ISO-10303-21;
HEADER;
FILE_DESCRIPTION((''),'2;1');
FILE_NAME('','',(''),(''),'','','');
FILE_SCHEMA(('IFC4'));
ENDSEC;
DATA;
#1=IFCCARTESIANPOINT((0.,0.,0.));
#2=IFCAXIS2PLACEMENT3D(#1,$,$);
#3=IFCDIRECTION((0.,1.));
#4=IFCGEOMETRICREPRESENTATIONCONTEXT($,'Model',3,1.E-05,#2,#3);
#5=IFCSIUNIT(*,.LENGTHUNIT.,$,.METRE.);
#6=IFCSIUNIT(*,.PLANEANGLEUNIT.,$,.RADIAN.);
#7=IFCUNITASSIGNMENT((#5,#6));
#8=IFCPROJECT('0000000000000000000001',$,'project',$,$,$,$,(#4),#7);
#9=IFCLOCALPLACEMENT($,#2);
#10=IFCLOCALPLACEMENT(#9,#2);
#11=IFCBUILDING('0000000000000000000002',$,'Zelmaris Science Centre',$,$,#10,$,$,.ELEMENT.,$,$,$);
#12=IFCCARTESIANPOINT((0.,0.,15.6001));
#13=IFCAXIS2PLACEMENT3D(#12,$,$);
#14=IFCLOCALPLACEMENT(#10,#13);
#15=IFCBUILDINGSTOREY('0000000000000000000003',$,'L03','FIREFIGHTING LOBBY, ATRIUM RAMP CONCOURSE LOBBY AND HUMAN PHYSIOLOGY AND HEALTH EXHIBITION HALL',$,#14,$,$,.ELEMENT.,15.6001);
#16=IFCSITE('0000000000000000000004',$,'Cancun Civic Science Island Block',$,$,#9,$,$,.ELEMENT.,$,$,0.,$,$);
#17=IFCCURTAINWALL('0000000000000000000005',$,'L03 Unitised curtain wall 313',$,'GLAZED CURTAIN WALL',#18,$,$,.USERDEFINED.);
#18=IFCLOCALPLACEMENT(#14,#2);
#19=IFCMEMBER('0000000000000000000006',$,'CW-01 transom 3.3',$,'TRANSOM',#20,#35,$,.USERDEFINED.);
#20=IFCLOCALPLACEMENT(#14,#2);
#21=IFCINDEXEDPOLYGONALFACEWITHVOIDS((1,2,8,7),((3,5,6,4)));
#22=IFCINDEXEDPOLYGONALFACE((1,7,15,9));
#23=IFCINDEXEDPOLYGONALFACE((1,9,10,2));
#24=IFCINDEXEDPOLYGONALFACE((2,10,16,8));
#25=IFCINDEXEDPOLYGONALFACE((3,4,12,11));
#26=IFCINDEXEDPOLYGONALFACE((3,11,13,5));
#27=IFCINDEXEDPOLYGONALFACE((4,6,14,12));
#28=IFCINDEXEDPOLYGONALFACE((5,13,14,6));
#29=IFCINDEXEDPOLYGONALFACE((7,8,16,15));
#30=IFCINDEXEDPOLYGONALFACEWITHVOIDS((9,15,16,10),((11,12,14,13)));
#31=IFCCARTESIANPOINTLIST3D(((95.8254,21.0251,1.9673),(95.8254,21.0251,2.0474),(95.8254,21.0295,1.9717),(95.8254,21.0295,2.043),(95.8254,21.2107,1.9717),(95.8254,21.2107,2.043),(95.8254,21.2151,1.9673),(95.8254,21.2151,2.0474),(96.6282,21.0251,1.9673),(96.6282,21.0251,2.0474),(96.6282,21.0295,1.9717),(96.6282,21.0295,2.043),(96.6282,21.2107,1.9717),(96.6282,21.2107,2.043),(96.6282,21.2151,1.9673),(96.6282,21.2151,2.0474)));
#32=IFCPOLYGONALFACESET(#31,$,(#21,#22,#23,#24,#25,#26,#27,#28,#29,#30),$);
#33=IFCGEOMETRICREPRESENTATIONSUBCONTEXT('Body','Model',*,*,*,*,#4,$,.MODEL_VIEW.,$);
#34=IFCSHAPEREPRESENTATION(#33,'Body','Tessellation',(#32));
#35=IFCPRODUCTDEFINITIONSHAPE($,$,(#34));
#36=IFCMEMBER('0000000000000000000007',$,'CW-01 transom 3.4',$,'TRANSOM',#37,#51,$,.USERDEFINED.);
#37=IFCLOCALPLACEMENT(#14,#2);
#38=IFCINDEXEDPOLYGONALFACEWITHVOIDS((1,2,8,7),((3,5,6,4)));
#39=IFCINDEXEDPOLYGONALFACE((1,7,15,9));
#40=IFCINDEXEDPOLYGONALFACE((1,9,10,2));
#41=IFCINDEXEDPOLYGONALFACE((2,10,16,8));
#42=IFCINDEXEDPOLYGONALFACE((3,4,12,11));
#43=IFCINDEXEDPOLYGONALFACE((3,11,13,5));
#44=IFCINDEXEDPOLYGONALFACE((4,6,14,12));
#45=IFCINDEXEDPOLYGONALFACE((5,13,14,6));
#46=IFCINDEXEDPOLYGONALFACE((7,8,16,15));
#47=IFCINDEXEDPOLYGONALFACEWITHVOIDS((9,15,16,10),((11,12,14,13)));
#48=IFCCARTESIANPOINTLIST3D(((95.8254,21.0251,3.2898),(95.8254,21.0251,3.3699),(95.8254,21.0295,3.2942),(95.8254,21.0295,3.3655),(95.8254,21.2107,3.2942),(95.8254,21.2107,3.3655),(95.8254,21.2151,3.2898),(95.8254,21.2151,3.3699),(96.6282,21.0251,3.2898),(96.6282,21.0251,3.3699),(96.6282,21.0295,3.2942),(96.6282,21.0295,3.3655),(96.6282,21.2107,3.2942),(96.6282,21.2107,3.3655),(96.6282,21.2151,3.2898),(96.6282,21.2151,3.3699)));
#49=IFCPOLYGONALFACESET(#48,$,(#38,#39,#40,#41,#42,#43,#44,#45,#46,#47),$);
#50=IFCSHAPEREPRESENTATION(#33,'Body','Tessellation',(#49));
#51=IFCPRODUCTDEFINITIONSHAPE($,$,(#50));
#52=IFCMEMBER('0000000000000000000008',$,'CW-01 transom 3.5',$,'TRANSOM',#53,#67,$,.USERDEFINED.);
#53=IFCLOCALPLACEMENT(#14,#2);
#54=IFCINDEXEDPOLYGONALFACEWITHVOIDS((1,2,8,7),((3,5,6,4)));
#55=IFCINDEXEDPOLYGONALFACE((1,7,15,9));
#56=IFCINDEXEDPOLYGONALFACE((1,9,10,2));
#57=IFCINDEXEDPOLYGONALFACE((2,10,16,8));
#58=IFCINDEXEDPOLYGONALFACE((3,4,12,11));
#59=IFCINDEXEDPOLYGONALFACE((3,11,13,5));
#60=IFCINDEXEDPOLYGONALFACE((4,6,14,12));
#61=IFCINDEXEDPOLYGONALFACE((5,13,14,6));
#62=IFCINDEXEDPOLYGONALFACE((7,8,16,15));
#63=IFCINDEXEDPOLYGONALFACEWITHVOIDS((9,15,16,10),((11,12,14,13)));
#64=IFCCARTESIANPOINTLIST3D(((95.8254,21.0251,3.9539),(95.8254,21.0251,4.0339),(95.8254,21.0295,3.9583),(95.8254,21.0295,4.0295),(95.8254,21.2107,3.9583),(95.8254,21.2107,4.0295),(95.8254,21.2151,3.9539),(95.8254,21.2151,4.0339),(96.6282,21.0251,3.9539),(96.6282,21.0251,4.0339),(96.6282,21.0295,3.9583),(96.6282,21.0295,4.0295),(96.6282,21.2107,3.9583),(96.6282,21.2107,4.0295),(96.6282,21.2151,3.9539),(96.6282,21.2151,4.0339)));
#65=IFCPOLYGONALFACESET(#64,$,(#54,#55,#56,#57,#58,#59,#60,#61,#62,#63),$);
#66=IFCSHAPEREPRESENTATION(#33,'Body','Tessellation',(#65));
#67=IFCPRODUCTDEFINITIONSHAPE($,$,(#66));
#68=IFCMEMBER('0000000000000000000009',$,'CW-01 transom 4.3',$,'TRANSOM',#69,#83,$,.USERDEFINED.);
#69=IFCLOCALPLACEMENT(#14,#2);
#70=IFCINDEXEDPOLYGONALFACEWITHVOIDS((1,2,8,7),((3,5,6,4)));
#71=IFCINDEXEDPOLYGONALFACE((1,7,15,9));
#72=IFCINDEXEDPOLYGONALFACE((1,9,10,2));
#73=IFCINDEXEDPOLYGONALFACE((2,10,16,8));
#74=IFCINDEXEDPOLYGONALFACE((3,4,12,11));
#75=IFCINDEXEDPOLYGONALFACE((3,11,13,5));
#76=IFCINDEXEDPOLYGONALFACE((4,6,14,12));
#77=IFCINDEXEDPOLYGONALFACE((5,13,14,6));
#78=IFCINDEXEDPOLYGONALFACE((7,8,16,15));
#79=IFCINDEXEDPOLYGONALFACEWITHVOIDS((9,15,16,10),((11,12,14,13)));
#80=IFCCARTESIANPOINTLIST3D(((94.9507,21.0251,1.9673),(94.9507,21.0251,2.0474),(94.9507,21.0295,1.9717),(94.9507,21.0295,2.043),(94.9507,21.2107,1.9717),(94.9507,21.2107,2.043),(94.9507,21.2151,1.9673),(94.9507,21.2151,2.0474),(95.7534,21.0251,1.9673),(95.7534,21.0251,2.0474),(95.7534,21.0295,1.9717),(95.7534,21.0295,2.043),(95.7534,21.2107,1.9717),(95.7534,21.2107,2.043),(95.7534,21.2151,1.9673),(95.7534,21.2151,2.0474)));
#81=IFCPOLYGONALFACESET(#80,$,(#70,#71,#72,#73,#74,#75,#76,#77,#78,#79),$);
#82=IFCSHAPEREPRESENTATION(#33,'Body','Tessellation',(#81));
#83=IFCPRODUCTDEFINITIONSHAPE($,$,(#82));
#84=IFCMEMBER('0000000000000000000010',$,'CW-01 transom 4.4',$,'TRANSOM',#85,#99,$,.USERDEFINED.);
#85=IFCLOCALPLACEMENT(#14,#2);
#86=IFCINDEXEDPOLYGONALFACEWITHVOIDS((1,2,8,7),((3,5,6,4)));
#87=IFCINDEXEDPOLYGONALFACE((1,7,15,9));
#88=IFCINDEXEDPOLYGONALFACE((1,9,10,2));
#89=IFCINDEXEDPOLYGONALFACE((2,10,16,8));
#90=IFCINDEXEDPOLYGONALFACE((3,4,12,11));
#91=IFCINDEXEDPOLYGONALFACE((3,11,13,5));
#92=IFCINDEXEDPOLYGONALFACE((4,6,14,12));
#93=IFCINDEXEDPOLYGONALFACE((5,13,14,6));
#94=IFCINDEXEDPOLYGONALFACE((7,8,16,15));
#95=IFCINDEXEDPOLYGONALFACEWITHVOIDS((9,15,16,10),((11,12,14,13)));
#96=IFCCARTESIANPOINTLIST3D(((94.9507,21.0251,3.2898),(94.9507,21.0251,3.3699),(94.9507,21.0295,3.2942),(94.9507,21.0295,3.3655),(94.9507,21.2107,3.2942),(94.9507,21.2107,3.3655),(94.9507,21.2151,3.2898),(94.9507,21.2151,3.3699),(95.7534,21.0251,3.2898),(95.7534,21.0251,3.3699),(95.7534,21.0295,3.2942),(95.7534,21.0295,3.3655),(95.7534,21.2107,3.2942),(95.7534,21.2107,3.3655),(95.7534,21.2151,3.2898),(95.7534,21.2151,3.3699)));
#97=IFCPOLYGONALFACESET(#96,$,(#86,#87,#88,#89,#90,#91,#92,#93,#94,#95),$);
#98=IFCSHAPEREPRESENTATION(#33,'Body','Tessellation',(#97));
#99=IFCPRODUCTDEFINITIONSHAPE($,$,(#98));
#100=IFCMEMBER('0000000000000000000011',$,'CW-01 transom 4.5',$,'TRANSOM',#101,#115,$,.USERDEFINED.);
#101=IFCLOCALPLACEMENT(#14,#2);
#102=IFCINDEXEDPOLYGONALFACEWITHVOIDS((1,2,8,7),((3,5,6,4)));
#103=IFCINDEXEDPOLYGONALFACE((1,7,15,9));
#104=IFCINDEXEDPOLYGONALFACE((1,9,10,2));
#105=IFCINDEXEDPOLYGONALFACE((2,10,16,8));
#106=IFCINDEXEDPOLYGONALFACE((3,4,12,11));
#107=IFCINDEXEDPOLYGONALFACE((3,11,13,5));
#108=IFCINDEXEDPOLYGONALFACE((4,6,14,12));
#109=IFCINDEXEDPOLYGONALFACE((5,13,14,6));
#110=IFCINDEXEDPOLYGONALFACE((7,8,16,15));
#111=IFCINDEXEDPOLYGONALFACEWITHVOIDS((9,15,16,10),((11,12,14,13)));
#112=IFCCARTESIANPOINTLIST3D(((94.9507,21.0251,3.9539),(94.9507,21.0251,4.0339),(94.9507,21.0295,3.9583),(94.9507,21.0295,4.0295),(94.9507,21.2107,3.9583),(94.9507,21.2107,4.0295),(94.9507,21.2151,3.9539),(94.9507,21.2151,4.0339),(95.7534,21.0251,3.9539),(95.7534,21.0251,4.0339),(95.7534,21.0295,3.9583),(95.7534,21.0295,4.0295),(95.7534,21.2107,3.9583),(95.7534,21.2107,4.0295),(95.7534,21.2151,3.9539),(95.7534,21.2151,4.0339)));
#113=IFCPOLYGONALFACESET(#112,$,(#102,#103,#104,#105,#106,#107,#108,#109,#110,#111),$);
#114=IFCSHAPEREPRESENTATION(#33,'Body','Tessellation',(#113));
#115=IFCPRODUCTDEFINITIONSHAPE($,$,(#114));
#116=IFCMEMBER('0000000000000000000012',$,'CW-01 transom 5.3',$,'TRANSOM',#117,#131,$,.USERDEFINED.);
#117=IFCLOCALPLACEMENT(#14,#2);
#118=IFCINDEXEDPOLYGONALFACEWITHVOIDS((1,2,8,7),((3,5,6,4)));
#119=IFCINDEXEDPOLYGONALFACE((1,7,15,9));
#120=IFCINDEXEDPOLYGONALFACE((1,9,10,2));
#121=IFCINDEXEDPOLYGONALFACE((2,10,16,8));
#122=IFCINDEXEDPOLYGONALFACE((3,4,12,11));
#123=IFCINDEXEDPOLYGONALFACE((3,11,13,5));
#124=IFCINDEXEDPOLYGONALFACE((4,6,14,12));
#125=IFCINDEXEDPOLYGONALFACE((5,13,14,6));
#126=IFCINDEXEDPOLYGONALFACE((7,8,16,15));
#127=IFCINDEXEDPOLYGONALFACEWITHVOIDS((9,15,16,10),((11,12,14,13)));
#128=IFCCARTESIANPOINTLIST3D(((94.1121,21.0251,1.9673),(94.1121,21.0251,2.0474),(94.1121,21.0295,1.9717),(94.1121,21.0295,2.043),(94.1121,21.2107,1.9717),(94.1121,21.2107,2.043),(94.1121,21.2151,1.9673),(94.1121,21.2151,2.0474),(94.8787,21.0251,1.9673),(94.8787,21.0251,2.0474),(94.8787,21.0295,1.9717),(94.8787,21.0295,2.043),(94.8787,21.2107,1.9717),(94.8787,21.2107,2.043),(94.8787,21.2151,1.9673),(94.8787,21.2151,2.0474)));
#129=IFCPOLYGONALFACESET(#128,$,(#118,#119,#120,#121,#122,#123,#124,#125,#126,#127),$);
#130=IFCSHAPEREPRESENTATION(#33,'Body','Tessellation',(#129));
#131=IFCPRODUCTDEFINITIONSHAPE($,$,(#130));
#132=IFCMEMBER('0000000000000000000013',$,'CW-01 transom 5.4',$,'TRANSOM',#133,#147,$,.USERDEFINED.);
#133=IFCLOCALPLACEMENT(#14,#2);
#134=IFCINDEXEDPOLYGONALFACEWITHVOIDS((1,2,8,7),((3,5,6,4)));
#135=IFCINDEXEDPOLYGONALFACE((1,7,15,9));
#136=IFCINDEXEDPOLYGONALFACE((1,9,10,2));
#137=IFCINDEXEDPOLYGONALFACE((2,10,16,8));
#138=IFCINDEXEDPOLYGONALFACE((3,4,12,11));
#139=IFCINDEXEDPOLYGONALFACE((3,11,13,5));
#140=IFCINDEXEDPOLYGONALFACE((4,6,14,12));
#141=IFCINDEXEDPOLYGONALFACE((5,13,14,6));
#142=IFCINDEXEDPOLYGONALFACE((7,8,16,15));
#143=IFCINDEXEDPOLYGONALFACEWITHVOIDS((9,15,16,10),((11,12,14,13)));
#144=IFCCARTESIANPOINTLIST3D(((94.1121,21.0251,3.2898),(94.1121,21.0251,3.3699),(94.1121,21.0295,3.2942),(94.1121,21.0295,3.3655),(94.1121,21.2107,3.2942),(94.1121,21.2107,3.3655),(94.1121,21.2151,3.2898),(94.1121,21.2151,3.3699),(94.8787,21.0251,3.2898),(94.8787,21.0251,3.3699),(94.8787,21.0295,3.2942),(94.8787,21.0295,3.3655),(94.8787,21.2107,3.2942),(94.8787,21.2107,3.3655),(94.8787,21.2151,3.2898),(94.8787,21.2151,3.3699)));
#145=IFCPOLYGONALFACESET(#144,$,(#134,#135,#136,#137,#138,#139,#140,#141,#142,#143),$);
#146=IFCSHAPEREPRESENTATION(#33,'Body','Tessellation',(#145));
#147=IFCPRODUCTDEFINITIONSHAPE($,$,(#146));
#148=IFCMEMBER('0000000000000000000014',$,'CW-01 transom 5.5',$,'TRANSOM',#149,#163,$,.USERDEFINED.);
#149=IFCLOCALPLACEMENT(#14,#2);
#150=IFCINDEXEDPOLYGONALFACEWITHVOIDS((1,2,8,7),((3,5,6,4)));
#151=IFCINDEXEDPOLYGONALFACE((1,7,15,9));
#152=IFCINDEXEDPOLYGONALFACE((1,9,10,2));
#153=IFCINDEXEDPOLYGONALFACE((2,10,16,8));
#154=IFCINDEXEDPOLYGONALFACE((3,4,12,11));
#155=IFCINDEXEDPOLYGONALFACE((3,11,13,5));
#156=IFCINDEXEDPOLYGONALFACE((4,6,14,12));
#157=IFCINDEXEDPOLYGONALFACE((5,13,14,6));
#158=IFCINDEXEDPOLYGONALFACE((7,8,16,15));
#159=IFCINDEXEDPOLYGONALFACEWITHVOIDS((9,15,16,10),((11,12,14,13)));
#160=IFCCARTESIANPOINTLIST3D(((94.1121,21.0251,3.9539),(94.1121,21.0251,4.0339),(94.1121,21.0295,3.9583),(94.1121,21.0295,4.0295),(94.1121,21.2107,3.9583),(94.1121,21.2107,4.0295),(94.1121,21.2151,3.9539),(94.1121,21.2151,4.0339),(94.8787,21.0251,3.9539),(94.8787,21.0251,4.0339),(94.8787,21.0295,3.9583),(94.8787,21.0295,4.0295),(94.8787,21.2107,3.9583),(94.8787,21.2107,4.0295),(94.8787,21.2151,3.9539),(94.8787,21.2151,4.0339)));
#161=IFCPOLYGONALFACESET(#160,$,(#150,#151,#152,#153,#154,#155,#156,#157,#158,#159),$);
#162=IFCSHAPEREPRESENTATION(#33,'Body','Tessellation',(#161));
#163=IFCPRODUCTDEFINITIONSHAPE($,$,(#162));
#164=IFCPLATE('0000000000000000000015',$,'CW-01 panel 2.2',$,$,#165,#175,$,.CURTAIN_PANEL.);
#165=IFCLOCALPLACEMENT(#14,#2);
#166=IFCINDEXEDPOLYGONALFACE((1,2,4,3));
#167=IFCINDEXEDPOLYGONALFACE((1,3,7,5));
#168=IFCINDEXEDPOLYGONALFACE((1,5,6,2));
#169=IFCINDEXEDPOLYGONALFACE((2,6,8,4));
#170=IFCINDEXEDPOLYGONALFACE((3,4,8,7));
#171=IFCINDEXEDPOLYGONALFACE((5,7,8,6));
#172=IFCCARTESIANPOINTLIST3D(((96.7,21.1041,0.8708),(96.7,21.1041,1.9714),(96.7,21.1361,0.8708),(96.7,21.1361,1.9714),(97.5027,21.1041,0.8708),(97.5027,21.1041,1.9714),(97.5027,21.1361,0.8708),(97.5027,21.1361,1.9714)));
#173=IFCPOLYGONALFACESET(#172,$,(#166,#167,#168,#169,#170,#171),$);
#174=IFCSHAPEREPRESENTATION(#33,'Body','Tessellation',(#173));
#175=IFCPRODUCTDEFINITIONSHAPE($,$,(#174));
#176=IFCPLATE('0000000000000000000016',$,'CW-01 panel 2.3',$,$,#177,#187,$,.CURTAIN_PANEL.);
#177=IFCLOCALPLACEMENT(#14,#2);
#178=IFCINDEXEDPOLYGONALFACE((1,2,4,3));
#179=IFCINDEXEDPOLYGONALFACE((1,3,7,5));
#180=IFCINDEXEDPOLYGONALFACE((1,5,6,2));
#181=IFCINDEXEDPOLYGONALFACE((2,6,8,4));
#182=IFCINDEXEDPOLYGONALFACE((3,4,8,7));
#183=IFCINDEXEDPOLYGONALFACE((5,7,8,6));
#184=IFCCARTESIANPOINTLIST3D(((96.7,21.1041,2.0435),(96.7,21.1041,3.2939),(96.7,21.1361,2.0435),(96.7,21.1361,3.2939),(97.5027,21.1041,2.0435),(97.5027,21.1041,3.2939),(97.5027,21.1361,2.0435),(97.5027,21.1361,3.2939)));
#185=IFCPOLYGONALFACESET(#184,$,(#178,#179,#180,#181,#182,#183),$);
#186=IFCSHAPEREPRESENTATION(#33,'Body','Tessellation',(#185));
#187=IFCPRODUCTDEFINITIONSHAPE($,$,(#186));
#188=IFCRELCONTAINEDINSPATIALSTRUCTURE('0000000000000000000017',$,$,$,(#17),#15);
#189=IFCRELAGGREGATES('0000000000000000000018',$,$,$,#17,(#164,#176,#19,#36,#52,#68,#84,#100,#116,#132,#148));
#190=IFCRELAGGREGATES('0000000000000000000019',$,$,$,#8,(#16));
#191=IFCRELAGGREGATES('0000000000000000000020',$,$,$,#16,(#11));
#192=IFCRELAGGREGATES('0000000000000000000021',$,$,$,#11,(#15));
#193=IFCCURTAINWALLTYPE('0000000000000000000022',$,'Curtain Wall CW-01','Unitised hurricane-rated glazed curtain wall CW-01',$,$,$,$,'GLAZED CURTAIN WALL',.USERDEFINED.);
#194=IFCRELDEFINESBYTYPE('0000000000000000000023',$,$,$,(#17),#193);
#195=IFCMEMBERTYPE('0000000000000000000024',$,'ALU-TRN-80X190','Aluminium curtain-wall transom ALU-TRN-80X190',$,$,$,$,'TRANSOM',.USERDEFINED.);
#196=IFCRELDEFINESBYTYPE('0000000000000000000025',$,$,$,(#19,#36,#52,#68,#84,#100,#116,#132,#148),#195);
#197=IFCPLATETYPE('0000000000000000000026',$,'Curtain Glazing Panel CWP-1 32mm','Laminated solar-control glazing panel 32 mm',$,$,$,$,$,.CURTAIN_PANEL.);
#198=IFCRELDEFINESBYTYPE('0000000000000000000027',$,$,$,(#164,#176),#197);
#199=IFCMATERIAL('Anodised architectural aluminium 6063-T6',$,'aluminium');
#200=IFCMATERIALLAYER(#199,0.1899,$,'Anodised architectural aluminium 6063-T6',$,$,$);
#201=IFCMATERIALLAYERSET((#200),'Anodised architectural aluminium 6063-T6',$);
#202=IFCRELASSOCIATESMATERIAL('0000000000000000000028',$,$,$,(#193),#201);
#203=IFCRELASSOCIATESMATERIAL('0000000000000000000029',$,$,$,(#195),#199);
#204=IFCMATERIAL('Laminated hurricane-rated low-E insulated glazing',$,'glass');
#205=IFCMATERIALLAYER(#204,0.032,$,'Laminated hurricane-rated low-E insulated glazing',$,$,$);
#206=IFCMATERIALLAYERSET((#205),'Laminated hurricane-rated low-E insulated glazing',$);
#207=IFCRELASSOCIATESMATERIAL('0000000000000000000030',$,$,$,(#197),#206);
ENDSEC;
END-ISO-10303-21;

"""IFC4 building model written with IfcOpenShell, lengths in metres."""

from ifc_helpers import new_model, si_unit, direction, frame, origin, origin_2d, place, context, subcontext, project, spatial, rectangle, hollow_rectangle, extrude, material, layer, layer_set, material_profile, profile_set, type_object, element, aggregate, save


model = new_model("IFC4")

# Units and contexts
model_context = context("Model", 3, precision=1e-05, world=origin(), true_north=direction((0.0, 1.0)))
body_context = subcontext(model_context, "Body", "Model", "MODEL_VIEW")
ifc_project = project(units=[si_unit("LENGTHUNIT", "METRE"), si_unit("PLANEANGLEUNIT", "RADIAN")], contexts=[model_context])

# Site, building, storey
site_placement = place(None, origin())
site = spatial("IfcSite", under=ifc_project, at=site_placement, Name="Cancun Civic Science Island Block", CompositionType="ELEMENT", RefElevation=0.0)
building_placement = place(site_placement, origin())
building = spatial("IfcBuilding", under=site, at=building_placement, Name="Zelmaris Science Centre", CompositionType="ELEMENT")
storey_placement = place(building_placement, frame((0.0, 0.0, 15.6001)))
storey = spatial("IfcBuildingStorey", under=building, at=storey_placement, Name="L03", Description="FIREFIGHTING LOBBY, ATRIUM RAMP CONCOURSE LOBBY AND HUMAN PHYSIOLOGY AND HEALTH EXHIBITION HALL", CompositionType="ELEMENT", Elevation=15.6001)

# Curtain wall, members, plates
ifc_material_1 = material(Name="Anodised architectural aluminium 6063-T6", Category="aluminium")
ifc_layer_1 = layer(ifc_material_1, 0.1899, Name="Anodised architectural aluminium 6063-T6")
ifc_layer_set_1 = layer_set([ifc_layer_1], Name="Anodised architectural aluminium 6063-T6")
curtain_wall_type = type_object("IfcCurtainWallType", Name="Curtain Wall CW-01", Description="Unitised hurricane-rated glazed curtain wall CW-01", ElementType="GLAZED CURTAIN WALL", PredefinedType="USERDEFINED", material=ifc_layer_set_1)
curtain_wall_placement = place(storey_placement, origin())
curtain_wall = element("IfcCurtainWall", 1, at=curtain_wall_placement, inside=storey, type_object=curtain_wall_type, Name="L03 Unitised curtain wall 313", ObjectType="GLAZED CURTAIN WALL", PredefinedType="USERDEFINED")
ifc_material_profile = material_profile(ifc_material_1, hollow_rectangle(XDim=0.0801, YDim=0.1899, WallThickness=0.0044, at=origin_2d()), Name="ALU-TRN-80X190")
ifc_profile_set = profile_set([ifc_material_profile], Name="Anodised architectural aluminium 6063-T6")
member_type = type_object("IfcMemberType", Name="ALU-TRN-80X190", Description="Aluminium curtain-wall transom ALU-TRN-80X190", ElementType="TRANSOM", PredefinedType="USERDEFINED", material=ifc_profile_set)
member_1_placement = place(storey_placement, frame((96.6282, 21.1201, 2.0073), z_axis=(-1.0, 0.0, 0.0), x_axis=(0.0, 0.0, 1.0)))
member_1 = element("IfcMember", 2, at=member_1_placement, type_object=member_type, Name="CW-01 transom 3.3", ObjectType="TRANSOM", PredefinedType="USERDEFINED", context=body_context, shape_type="SweptSolid", body=[
    extrude(hollow_rectangle(XDim=0.0801, YDim=0.1899, WallThickness=0.0044, at=origin_2d()), origin(), (0.0, 0.0, 1.0), 0.8027),
])
member_2_placement = place(storey_placement, frame((96.6282, 21.1201, 3.3298), z_axis=(-1.0, 0.0, 0.0), x_axis=(0.0, 0.0, 1.0)))
member_2 = element("IfcMember", 3, at=member_2_placement, type_object=member_type, Name="CW-01 transom 3.4", ObjectType="TRANSOM", PredefinedType="USERDEFINED", context=body_context, shape_type="SweptSolid", body=[
    extrude(hollow_rectangle(XDim=0.0801, YDim=0.1899, WallThickness=0.0044, at=origin_2d()), origin(), (0.0, 0.0, 1.0), 0.8027),
])
member_3_placement = place(storey_placement, frame((96.6282, 21.1201, 3.9939), z_axis=(-1.0, 0.0, 0.0), x_axis=(0.0, 0.0, 1.0)))
member_3 = element("IfcMember", 4, at=member_3_placement, type_object=member_type, Name="CW-01 transom 3.5", ObjectType="TRANSOM", PredefinedType="USERDEFINED", context=body_context, shape_type="SweptSolid", body=[
    extrude(hollow_rectangle(XDim=0.0801, YDim=0.1899, WallThickness=0.0044, at=origin_2d()), origin(), (0.0, 0.0, 1.0), 0.8027),
])
member_4_placement = place(storey_placement, frame((95.7534, 21.1201, 2.0073), z_axis=(-1.0, 0.0, 0.0), x_axis=(0.0, 0.0, 1.0)))
member_4 = element("IfcMember", 5, at=member_4_placement, type_object=member_type, Name="CW-01 transom 4.3", ObjectType="TRANSOM", PredefinedType="USERDEFINED", context=body_context, shape_type="SweptSolid", body=[
    extrude(hollow_rectangle(XDim=0.0801, YDim=0.1899, WallThickness=0.0044, at=origin_2d()), origin(), (0.0, 0.0, 1.0), 0.8027),
])
member_5_placement = place(storey_placement, frame((95.7534, 21.1201, 3.3298), z_axis=(-1.0, 0.0, 0.0), x_axis=(0.0, 0.0, 1.0)))
member_5 = element("IfcMember", 6, at=member_5_placement, type_object=member_type, Name="CW-01 transom 4.4", ObjectType="TRANSOM", PredefinedType="USERDEFINED", context=body_context, shape_type="SweptSolid", body=[
    extrude(hollow_rectangle(XDim=0.0801, YDim=0.1899, WallThickness=0.0044, at=origin_2d()), origin(), (0.0, 0.0, 1.0), 0.8027),
])
member_6_placement = place(storey_placement, frame((95.7534, 21.1201, 3.9939), z_axis=(-1.0, 0.0, 0.0), x_axis=(0.0, 0.0, 1.0)))
member_6 = element("IfcMember", 7, at=member_6_placement, type_object=member_type, Name="CW-01 transom 4.5", ObjectType="TRANSOM", PredefinedType="USERDEFINED", context=body_context, shape_type="SweptSolid", body=[
    extrude(hollow_rectangle(XDim=0.0801, YDim=0.1899, WallThickness=0.0044, at=origin_2d()), origin(), (0.0, 0.0, 1.0), 0.8027),
])
member_7_placement = place(storey_placement, frame((94.8787, 21.1201, 2.0073), z_axis=(-1.0, 0.0, 0.0), x_axis=(0.0, 0.0, 1.0)))
member_7 = element("IfcMember", 8, at=member_7_placement, type_object=member_type, Name="CW-01 transom 5.3", ObjectType="TRANSOM", PredefinedType="USERDEFINED", context=body_context, shape_type="SweptSolid", body=[
    extrude(hollow_rectangle(XDim=0.0801, YDim=0.1899, WallThickness=0.0044, at=origin_2d()), origin(), (0.0, 0.0, 1.0), 0.7666),
])
member_8_placement = place(storey_placement, frame((94.8787, 21.1201, 3.3298), z_axis=(-1.0, 0.0, 0.0), x_axis=(0.0, 0.0, 1.0)))
member_8 = element("IfcMember", 9, at=member_8_placement, type_object=member_type, Name="CW-01 transom 5.4", ObjectType="TRANSOM", PredefinedType="USERDEFINED", context=body_context, shape_type="SweptSolid", body=[
    extrude(hollow_rectangle(XDim=0.0801, YDim=0.1899, WallThickness=0.0044, at=origin_2d()), origin(), (0.0, 0.0, 1.0), 0.7666),
])
member_9_placement = place(storey_placement, frame((94.8787, 21.1201, 3.9939), z_axis=(-1.0, 0.0, 0.0), x_axis=(0.0, 0.0, 1.0)))
member_9 = element("IfcMember", 10, at=member_9_placement, type_object=member_type, Name="CW-01 transom 5.5", ObjectType="TRANSOM", PredefinedType="USERDEFINED", context=body_context, shape_type="SweptSolid", body=[
    extrude(hollow_rectangle(XDim=0.0801, YDim=0.1899, WallThickness=0.0044, at=origin_2d()), origin(), (0.0, 0.0, 1.0), 0.7666),
])
ifc_material_2 = material(Name="Laminated hurricane-rated low-E insulated glazing", Category="glass")
ifc_layer_2 = layer(ifc_material_2, 0.032, Name="Laminated hurricane-rated low-E insulated glazing")
ifc_layer_set_2 = layer_set([ifc_layer_2], Name="Laminated hurricane-rated low-E insulated glazing")
plate_type = type_object("IfcPlateType", Name="Curtain Glazing Panel CWP-1 32mm", Description="Laminated solar-control glazing panel 32 mm", PredefinedType="CURTAIN_PANEL", material=ifc_layer_set_2)
plate_1_placement = place(storey_placement, frame((97.1013, 21.1201, 0.8708), z_axis=(0.0, 0.0, 1.0), x_axis=(-1.0, 0.000023, 0.0)))
plate_1 = element("IfcPlate", 11, at=plate_1_placement, type_object=plate_type, Name="CW-01 panel 2.2", PredefinedType="CURTAIN_PANEL", context=body_context, shape_type="SweptSolid", body=[
    extrude(rectangle(XDim=0.8027, YDim=0.032, at=origin_2d()), origin(), (0.0, 0.0, 1.0), 1.1006),
])
plate_2_placement = place(storey_placement, frame((97.1013, 21.1201, 2.0435), z_axis=(0.0, 0.0, 1.0), x_axis=(-1.0, 0.000023, 0.0)))
plate_2 = element("IfcPlate", 12, at=plate_2_placement, type_object=plate_type, Name="CW-01 panel 2.3", PredefinedType="CURTAIN_PANEL", context=body_context, shape_type="SweptSolid", body=[
    extrude(rectangle(XDim=0.8027, YDim=0.032, at=origin_2d()), origin(), (0.0, 0.0, 1.0), 1.2505),
])
aggregate(curtain_wall, [plate_1, plate_2, member_1, member_2, member_3, member_4, member_5, member_6, member_7, member_8, member_9])

save(model, "model.ifc")
